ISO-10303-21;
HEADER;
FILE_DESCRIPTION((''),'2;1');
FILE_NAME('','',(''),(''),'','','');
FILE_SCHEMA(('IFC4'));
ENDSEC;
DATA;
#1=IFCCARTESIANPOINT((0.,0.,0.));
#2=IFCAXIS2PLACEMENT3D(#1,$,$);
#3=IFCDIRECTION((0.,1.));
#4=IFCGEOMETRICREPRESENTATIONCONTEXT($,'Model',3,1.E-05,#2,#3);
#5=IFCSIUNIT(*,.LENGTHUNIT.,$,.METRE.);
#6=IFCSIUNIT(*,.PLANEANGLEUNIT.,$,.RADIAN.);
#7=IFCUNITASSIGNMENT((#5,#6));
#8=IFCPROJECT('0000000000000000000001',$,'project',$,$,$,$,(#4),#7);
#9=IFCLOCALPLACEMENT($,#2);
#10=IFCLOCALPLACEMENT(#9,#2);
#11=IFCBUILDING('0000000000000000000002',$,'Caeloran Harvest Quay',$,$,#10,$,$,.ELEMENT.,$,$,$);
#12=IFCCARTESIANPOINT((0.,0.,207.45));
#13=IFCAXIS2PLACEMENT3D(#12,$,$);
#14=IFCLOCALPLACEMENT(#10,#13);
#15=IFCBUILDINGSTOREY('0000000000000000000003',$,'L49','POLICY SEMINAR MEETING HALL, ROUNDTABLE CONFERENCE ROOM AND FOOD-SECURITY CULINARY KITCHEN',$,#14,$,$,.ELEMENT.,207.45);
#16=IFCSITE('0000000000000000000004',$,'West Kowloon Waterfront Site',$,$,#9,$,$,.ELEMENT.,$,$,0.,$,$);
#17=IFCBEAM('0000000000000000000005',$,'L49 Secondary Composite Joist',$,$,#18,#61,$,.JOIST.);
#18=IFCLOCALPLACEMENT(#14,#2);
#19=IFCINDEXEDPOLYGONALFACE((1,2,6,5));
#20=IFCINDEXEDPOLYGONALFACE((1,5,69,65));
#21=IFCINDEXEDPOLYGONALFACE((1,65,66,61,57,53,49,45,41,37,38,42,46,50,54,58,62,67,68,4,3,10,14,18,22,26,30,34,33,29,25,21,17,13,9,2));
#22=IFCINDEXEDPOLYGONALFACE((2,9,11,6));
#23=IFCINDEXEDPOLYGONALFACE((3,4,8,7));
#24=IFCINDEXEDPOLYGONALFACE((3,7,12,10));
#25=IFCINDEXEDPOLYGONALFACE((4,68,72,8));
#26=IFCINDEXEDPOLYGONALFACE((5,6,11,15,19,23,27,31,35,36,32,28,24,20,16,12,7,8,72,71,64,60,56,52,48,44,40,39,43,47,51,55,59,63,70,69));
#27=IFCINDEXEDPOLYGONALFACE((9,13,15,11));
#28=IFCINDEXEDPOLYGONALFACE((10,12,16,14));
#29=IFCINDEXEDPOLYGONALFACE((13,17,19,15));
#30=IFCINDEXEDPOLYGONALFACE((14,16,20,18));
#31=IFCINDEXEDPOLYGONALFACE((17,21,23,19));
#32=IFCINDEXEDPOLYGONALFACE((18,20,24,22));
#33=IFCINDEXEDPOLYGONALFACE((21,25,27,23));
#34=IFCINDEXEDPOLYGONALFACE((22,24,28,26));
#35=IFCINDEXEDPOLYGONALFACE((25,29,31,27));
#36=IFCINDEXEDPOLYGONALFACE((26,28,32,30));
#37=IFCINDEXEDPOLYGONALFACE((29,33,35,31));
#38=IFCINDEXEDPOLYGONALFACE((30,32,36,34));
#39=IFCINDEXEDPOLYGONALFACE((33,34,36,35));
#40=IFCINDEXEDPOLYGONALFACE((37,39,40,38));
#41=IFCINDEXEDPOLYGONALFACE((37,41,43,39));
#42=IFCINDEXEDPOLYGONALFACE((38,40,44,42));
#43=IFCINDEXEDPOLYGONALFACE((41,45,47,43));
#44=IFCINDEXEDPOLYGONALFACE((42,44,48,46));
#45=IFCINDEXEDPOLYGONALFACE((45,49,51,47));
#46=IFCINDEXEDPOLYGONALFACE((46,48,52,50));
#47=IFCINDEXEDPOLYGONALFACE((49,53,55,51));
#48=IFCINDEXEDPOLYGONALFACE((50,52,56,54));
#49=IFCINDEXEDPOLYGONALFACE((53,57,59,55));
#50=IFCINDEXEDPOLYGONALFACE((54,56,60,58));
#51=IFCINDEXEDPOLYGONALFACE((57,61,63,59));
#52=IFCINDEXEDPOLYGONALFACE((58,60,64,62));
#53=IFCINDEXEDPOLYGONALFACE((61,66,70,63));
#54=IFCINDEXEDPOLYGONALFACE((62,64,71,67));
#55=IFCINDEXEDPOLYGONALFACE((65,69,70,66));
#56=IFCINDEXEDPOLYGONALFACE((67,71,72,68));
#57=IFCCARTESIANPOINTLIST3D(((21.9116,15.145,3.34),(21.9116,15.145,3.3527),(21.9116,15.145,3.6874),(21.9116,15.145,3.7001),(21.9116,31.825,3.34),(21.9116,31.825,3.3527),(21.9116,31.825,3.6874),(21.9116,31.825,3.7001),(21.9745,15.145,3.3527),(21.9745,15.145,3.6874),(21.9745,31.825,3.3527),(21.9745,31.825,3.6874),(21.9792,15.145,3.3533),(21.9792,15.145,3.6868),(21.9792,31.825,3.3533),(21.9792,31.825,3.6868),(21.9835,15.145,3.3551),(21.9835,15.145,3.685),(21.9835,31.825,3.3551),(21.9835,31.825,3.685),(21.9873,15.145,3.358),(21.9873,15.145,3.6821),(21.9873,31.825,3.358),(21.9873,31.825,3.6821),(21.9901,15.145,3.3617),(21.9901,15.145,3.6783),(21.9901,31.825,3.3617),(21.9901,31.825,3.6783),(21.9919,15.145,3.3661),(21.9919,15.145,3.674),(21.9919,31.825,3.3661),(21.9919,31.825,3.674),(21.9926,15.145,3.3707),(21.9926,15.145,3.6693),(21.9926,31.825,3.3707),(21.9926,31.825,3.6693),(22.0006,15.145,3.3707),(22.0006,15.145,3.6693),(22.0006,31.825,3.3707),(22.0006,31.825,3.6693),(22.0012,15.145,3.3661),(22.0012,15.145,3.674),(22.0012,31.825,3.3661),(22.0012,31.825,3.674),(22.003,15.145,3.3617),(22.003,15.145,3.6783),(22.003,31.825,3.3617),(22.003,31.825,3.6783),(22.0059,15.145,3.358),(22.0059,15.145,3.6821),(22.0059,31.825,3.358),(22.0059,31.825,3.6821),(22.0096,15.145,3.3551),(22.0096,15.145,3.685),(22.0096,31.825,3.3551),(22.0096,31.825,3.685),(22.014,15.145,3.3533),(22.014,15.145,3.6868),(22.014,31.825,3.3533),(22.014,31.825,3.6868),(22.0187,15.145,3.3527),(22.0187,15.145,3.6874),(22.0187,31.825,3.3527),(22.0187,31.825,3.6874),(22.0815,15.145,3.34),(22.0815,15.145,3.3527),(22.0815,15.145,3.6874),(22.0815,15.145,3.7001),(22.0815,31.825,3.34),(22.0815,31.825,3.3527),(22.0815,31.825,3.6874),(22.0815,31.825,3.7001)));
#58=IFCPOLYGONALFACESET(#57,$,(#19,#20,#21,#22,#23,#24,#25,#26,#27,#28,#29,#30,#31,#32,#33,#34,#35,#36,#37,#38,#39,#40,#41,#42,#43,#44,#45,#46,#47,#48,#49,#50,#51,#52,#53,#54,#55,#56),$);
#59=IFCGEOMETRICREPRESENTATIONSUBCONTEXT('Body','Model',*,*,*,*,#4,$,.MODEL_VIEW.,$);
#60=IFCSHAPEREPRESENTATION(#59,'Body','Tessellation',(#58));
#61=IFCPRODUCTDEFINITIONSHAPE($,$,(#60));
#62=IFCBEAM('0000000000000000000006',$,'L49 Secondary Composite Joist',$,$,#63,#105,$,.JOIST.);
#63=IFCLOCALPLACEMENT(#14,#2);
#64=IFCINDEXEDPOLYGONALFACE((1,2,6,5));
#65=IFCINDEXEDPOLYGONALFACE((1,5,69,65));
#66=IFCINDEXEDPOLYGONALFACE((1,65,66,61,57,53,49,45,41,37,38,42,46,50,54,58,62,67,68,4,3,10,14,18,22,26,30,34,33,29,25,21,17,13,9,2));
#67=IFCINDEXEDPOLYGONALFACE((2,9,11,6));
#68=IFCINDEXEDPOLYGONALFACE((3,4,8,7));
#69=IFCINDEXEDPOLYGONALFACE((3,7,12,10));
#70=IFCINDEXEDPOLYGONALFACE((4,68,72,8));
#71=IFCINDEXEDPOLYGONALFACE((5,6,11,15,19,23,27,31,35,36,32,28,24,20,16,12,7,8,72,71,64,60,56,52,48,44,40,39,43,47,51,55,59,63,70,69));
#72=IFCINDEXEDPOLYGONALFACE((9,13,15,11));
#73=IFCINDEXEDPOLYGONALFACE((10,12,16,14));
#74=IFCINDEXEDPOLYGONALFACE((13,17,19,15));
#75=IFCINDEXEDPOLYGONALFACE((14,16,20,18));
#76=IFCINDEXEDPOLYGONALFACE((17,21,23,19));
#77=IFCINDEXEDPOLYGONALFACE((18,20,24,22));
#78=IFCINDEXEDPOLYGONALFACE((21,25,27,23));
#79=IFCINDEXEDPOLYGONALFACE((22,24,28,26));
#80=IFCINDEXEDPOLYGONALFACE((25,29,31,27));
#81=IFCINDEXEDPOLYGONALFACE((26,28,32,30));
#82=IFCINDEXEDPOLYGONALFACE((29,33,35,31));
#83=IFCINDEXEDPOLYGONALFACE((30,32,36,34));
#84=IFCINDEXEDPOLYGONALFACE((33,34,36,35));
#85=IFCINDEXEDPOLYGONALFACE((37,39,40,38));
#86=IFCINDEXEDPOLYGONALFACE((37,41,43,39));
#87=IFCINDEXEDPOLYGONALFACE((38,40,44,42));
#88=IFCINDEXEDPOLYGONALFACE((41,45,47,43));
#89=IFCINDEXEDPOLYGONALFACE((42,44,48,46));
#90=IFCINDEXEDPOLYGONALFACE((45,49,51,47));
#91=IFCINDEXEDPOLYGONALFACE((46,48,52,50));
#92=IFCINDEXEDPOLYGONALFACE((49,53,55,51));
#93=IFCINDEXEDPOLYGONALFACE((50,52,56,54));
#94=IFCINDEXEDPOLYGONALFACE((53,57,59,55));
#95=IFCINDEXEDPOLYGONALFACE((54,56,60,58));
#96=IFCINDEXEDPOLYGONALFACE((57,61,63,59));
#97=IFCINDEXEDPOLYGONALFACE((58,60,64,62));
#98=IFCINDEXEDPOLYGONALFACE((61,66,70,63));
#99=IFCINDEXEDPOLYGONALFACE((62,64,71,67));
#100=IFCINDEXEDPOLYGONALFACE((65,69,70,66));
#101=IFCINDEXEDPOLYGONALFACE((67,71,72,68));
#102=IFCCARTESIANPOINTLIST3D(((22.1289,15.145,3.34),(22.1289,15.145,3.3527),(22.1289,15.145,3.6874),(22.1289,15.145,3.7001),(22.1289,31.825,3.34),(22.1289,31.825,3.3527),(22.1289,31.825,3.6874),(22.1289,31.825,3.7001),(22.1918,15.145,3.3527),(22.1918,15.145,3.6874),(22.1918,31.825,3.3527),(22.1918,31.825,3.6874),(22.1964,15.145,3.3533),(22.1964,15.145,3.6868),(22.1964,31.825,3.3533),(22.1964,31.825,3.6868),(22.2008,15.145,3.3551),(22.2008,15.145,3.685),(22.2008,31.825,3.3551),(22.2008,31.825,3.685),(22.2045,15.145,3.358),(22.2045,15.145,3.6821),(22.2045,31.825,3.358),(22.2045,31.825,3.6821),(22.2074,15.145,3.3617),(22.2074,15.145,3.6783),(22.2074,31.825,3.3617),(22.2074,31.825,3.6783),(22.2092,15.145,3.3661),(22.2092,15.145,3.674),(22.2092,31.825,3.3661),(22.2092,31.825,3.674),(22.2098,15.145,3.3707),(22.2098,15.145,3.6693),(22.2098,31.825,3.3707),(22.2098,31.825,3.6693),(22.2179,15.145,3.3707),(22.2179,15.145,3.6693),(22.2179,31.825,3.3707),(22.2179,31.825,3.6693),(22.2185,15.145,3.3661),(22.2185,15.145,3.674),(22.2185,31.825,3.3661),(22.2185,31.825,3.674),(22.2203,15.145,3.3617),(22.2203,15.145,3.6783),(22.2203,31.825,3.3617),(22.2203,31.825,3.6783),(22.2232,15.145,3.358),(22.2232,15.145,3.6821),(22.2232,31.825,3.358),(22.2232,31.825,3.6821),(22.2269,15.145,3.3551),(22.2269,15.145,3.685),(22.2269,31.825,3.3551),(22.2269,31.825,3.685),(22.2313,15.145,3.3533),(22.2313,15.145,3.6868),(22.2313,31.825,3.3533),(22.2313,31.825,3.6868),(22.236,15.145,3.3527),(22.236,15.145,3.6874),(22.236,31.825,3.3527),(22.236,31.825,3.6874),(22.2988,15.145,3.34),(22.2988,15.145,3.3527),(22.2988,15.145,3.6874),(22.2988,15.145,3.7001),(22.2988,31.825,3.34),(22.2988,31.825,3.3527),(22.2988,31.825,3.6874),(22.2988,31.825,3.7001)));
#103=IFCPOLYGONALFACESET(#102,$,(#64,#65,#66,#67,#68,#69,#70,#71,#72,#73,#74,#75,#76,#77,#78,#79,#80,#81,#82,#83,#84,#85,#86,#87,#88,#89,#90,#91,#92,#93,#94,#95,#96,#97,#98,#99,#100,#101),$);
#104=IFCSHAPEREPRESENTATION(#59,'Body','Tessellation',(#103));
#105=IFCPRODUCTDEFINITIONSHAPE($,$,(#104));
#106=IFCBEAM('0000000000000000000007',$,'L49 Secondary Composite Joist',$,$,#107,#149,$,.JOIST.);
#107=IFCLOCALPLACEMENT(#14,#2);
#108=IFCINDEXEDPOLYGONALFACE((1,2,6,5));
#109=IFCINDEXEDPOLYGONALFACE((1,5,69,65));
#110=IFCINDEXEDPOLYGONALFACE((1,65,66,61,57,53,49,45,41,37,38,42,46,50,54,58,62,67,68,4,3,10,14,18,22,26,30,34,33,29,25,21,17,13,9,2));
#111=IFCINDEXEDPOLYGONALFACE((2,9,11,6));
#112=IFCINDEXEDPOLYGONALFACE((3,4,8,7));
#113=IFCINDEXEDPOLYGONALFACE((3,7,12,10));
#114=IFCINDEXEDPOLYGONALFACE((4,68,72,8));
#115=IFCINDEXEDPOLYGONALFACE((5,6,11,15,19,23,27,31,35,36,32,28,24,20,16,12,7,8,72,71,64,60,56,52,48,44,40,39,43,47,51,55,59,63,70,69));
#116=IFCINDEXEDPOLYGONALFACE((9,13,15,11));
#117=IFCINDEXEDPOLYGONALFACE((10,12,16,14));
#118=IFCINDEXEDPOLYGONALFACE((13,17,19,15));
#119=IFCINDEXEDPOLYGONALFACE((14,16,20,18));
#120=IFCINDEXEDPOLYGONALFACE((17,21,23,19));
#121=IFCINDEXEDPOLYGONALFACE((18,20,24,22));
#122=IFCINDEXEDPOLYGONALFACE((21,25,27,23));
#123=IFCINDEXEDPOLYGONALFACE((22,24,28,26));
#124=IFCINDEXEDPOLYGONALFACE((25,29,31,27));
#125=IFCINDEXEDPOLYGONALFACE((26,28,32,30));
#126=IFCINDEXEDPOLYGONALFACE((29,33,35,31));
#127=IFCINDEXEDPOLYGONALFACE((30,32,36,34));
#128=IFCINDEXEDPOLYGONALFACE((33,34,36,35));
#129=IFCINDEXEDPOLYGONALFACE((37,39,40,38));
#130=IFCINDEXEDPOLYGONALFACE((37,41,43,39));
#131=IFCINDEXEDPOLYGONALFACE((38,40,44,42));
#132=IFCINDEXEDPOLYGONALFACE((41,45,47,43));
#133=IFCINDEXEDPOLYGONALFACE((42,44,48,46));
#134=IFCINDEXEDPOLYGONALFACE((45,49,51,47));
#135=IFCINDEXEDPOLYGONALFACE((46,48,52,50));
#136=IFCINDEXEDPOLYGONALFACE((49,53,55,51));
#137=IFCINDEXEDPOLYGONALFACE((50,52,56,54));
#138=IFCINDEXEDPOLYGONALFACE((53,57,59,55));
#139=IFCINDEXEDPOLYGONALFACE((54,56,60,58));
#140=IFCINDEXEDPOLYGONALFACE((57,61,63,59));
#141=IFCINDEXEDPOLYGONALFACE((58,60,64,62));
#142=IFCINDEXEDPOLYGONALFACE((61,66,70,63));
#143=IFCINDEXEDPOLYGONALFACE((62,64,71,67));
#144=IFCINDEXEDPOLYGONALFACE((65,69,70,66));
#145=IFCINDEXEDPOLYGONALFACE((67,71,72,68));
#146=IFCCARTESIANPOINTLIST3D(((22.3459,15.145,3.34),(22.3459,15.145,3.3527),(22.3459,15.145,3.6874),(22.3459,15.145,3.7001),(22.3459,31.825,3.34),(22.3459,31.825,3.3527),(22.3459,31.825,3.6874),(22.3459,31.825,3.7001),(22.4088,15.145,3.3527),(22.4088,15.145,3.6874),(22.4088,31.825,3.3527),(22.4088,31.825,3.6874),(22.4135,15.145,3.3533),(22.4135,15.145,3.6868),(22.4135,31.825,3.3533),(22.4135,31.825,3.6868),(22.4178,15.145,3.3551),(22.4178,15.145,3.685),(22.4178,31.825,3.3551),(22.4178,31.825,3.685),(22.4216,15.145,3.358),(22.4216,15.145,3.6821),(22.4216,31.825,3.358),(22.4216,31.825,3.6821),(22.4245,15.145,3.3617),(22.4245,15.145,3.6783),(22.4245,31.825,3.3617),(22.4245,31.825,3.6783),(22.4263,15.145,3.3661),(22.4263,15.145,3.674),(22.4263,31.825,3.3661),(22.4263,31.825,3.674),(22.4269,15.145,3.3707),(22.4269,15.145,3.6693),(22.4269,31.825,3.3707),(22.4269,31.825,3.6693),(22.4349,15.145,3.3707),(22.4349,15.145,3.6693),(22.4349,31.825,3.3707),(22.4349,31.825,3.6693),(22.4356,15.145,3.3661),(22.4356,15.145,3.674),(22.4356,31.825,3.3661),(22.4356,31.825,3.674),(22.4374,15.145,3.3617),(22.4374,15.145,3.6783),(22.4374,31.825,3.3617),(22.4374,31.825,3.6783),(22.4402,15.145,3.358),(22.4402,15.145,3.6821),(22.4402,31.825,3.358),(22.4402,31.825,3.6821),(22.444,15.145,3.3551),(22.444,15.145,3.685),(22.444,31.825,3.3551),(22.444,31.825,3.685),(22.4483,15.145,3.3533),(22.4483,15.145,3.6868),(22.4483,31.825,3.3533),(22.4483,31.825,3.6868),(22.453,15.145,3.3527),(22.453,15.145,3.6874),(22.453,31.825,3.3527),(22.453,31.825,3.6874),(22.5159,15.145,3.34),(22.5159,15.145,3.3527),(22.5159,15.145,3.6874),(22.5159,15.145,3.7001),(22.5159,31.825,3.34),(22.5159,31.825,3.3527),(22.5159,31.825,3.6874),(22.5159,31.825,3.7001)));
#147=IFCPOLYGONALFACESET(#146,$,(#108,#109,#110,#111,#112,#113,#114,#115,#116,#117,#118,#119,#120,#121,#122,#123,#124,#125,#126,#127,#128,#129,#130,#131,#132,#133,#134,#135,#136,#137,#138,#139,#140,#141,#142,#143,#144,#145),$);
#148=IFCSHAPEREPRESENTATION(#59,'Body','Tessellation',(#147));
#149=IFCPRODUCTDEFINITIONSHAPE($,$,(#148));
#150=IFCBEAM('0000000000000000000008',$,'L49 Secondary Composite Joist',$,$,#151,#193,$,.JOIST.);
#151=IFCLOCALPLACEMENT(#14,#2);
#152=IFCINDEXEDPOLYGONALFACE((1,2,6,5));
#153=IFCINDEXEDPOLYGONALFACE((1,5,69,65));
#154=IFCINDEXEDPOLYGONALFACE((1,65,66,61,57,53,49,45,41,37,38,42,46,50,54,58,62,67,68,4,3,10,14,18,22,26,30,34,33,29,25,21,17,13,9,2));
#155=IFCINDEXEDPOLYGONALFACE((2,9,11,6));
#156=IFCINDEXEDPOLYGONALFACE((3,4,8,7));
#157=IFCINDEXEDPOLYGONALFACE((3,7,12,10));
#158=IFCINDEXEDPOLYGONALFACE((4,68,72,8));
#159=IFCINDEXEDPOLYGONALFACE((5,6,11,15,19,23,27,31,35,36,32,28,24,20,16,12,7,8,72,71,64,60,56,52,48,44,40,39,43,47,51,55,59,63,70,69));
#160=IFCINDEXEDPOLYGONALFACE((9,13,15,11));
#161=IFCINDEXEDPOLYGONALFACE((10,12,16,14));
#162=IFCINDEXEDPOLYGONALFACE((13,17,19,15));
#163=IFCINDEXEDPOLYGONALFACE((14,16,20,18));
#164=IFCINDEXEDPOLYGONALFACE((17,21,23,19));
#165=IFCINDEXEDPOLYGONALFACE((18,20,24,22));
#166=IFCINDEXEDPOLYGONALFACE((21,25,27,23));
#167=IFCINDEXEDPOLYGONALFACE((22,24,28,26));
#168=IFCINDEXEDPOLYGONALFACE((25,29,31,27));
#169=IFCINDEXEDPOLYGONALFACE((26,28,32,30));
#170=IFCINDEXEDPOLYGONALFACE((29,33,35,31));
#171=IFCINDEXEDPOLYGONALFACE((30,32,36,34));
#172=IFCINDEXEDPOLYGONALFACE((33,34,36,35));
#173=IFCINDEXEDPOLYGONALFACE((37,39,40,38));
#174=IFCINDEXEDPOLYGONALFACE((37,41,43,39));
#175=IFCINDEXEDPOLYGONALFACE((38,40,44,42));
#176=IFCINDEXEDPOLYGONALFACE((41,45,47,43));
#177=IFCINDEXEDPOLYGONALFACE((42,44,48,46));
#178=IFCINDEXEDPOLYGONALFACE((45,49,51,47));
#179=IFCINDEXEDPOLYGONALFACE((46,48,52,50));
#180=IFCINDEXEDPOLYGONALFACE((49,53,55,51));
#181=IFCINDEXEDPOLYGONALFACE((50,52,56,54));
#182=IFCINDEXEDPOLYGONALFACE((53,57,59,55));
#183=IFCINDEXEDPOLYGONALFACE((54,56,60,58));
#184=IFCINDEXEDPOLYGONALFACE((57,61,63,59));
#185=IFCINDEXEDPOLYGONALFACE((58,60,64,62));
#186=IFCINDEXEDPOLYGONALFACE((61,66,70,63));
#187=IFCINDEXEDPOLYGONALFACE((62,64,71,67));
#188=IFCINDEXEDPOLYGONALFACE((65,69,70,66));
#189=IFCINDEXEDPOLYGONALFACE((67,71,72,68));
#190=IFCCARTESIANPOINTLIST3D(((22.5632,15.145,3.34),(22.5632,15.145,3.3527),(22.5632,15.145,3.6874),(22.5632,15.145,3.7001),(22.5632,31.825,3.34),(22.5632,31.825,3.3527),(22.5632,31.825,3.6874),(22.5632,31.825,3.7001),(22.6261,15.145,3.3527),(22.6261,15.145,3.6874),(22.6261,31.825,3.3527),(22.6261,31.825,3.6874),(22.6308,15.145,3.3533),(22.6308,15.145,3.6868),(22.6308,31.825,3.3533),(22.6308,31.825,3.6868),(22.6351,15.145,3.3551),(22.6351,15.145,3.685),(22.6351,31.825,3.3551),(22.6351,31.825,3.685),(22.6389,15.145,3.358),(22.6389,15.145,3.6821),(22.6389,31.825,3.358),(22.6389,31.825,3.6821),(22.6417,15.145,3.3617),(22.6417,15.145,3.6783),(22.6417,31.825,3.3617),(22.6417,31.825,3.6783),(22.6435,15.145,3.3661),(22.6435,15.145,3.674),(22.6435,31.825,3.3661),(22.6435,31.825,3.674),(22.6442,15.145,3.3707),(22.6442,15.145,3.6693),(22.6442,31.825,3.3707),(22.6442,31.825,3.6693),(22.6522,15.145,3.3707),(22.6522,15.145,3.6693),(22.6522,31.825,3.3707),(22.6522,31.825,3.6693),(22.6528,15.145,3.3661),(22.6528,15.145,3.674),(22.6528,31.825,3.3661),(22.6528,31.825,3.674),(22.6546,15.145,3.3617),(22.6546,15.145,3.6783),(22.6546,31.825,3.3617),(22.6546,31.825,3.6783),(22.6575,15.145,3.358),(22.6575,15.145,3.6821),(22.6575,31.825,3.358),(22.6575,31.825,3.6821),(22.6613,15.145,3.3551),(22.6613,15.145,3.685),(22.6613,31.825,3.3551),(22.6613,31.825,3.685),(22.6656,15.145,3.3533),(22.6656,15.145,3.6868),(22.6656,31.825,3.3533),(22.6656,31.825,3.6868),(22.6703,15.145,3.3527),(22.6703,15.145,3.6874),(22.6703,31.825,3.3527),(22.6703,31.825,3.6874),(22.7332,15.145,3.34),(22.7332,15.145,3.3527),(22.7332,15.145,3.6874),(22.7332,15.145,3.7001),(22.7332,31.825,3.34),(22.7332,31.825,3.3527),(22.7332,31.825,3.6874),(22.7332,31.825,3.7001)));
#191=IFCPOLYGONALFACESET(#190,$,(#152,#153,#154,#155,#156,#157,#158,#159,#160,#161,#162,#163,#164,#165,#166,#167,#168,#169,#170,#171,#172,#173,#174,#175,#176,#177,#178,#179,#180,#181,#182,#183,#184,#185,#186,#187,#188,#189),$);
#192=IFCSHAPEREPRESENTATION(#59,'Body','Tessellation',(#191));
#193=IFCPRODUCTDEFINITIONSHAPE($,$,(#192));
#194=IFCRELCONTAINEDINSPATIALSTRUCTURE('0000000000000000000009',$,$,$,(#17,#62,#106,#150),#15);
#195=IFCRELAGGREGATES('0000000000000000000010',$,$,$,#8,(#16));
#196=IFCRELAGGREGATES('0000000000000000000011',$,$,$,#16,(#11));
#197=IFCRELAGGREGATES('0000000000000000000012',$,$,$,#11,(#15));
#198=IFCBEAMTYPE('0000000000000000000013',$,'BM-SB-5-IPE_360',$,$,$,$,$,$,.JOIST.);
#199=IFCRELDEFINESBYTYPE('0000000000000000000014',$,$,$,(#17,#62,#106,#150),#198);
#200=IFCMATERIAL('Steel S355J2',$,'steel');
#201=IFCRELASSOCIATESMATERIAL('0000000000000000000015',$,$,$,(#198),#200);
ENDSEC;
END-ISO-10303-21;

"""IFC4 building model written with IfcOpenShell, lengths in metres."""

from ifc_helpers import new_model, si_unit, direction, frame, origin, origin_2d, place, context, subcontext, project, spatial, i_section, extrude, material, material_profile, profile_set, type_object, element, save


model = new_model("IFC4")

# Units and contexts
model_context = context("Model", 3, precision=1e-05, world=origin(), true_north=direction((0.0, 1.0)))
body_context = subcontext(model_context, "Body", "Model", "MODEL_VIEW")
ifc_project = project(units=[si_unit("LENGTHUNIT", "METRE"), si_unit("PLANEANGLEUNIT", "RADIAN")], contexts=[model_context])

# Site, building, storey
site_placement = place(None, origin())
site = spatial("IfcSite", under=ifc_project, at=site_placement, Name="West Kowloon Waterfront Site", CompositionType="ELEMENT", RefElevation=0.0)
building_placement = place(site_placement, origin())
building = spatial("IfcBuilding", under=site, at=building_placement, Name="Caeloran Harvest Quay", CompositionType="ELEMENT")
storey_placement = place(building_placement, frame((0.0, 0.0, 207.45)))
storey = spatial("IfcBuildingStorey", under=building, at=storey_placement, Name="L49", Description="POLICY SEMINAR MEETING HALL, ROUNDTABLE CONFERENCE ROOM AND FOOD-SECURITY CULINARY KITCHEN", CompositionType="ELEMENT", Elevation=207.45)

# Beams
ifc_material_1 = material(Name="Steel S355J2", Category="steel")
ifc_material_profile_1 = material_profile(ifc_material_1, i_section(OverallWidth=0.1699, OverallDepth=0.3601, WebThickness=0.0081, FlangeThickness=0.0127, FilletRadius=0.0181, at=origin_2d()), Name="IPE 360")
ifc_profile_set_1 = profile_set([ifc_material_profile_1], Name="Steel S355J2")
beam_type_1 = type_object("IfcBeamType", Name="BM-SB-5-IPE_360", PredefinedType="JOIST", material=ifc_profile_set_1)
for number, where, z_axis, x_axis, name in (
    (1, (21.9966, 15.145, 3.52), (0.0, 1.0, 0.0), (-1.0, 0.0, 0.0), "L49 Secondary Composite Joist"),
    (2, (22.2139, 15.145, 3.52), (0.0, 1.0, 0.0), (-1.0, 0.0, 0.0), "L49 Secondary Composite Joist"),
    (3, (22.4309, 15.145, 3.52), (0.0, 1.0, 0.0), (-1.0, 0.0, 0.0), "L49 Secondary Composite Joist"),
    (4, (22.6482, 15.145, 3.52), (0.0, 1.0, 0.0), (-1.0, 0.0, 0.0), "L49 Secondary Composite Joist"),
):
    element("IfcBeam", number, at=place(storey_placement, frame(where, z_axis=z_axis, x_axis=x_axis)), inside=storey, type_object=beam_type_1, Name=name, PredefinedType="JOIST", context=body_context, shape_type="SweptSolid", body=[
        extrude(i_section(OverallWidth=0.1699, OverallDepth=0.3601, WebThickness=0.0081, FlangeThickness=0.0127, FilletRadius=0.0181, at=origin_2d()), origin(), (0.0, 0.0, 1.0), 16.6799),
    ])

save(model, "model.ifc")
